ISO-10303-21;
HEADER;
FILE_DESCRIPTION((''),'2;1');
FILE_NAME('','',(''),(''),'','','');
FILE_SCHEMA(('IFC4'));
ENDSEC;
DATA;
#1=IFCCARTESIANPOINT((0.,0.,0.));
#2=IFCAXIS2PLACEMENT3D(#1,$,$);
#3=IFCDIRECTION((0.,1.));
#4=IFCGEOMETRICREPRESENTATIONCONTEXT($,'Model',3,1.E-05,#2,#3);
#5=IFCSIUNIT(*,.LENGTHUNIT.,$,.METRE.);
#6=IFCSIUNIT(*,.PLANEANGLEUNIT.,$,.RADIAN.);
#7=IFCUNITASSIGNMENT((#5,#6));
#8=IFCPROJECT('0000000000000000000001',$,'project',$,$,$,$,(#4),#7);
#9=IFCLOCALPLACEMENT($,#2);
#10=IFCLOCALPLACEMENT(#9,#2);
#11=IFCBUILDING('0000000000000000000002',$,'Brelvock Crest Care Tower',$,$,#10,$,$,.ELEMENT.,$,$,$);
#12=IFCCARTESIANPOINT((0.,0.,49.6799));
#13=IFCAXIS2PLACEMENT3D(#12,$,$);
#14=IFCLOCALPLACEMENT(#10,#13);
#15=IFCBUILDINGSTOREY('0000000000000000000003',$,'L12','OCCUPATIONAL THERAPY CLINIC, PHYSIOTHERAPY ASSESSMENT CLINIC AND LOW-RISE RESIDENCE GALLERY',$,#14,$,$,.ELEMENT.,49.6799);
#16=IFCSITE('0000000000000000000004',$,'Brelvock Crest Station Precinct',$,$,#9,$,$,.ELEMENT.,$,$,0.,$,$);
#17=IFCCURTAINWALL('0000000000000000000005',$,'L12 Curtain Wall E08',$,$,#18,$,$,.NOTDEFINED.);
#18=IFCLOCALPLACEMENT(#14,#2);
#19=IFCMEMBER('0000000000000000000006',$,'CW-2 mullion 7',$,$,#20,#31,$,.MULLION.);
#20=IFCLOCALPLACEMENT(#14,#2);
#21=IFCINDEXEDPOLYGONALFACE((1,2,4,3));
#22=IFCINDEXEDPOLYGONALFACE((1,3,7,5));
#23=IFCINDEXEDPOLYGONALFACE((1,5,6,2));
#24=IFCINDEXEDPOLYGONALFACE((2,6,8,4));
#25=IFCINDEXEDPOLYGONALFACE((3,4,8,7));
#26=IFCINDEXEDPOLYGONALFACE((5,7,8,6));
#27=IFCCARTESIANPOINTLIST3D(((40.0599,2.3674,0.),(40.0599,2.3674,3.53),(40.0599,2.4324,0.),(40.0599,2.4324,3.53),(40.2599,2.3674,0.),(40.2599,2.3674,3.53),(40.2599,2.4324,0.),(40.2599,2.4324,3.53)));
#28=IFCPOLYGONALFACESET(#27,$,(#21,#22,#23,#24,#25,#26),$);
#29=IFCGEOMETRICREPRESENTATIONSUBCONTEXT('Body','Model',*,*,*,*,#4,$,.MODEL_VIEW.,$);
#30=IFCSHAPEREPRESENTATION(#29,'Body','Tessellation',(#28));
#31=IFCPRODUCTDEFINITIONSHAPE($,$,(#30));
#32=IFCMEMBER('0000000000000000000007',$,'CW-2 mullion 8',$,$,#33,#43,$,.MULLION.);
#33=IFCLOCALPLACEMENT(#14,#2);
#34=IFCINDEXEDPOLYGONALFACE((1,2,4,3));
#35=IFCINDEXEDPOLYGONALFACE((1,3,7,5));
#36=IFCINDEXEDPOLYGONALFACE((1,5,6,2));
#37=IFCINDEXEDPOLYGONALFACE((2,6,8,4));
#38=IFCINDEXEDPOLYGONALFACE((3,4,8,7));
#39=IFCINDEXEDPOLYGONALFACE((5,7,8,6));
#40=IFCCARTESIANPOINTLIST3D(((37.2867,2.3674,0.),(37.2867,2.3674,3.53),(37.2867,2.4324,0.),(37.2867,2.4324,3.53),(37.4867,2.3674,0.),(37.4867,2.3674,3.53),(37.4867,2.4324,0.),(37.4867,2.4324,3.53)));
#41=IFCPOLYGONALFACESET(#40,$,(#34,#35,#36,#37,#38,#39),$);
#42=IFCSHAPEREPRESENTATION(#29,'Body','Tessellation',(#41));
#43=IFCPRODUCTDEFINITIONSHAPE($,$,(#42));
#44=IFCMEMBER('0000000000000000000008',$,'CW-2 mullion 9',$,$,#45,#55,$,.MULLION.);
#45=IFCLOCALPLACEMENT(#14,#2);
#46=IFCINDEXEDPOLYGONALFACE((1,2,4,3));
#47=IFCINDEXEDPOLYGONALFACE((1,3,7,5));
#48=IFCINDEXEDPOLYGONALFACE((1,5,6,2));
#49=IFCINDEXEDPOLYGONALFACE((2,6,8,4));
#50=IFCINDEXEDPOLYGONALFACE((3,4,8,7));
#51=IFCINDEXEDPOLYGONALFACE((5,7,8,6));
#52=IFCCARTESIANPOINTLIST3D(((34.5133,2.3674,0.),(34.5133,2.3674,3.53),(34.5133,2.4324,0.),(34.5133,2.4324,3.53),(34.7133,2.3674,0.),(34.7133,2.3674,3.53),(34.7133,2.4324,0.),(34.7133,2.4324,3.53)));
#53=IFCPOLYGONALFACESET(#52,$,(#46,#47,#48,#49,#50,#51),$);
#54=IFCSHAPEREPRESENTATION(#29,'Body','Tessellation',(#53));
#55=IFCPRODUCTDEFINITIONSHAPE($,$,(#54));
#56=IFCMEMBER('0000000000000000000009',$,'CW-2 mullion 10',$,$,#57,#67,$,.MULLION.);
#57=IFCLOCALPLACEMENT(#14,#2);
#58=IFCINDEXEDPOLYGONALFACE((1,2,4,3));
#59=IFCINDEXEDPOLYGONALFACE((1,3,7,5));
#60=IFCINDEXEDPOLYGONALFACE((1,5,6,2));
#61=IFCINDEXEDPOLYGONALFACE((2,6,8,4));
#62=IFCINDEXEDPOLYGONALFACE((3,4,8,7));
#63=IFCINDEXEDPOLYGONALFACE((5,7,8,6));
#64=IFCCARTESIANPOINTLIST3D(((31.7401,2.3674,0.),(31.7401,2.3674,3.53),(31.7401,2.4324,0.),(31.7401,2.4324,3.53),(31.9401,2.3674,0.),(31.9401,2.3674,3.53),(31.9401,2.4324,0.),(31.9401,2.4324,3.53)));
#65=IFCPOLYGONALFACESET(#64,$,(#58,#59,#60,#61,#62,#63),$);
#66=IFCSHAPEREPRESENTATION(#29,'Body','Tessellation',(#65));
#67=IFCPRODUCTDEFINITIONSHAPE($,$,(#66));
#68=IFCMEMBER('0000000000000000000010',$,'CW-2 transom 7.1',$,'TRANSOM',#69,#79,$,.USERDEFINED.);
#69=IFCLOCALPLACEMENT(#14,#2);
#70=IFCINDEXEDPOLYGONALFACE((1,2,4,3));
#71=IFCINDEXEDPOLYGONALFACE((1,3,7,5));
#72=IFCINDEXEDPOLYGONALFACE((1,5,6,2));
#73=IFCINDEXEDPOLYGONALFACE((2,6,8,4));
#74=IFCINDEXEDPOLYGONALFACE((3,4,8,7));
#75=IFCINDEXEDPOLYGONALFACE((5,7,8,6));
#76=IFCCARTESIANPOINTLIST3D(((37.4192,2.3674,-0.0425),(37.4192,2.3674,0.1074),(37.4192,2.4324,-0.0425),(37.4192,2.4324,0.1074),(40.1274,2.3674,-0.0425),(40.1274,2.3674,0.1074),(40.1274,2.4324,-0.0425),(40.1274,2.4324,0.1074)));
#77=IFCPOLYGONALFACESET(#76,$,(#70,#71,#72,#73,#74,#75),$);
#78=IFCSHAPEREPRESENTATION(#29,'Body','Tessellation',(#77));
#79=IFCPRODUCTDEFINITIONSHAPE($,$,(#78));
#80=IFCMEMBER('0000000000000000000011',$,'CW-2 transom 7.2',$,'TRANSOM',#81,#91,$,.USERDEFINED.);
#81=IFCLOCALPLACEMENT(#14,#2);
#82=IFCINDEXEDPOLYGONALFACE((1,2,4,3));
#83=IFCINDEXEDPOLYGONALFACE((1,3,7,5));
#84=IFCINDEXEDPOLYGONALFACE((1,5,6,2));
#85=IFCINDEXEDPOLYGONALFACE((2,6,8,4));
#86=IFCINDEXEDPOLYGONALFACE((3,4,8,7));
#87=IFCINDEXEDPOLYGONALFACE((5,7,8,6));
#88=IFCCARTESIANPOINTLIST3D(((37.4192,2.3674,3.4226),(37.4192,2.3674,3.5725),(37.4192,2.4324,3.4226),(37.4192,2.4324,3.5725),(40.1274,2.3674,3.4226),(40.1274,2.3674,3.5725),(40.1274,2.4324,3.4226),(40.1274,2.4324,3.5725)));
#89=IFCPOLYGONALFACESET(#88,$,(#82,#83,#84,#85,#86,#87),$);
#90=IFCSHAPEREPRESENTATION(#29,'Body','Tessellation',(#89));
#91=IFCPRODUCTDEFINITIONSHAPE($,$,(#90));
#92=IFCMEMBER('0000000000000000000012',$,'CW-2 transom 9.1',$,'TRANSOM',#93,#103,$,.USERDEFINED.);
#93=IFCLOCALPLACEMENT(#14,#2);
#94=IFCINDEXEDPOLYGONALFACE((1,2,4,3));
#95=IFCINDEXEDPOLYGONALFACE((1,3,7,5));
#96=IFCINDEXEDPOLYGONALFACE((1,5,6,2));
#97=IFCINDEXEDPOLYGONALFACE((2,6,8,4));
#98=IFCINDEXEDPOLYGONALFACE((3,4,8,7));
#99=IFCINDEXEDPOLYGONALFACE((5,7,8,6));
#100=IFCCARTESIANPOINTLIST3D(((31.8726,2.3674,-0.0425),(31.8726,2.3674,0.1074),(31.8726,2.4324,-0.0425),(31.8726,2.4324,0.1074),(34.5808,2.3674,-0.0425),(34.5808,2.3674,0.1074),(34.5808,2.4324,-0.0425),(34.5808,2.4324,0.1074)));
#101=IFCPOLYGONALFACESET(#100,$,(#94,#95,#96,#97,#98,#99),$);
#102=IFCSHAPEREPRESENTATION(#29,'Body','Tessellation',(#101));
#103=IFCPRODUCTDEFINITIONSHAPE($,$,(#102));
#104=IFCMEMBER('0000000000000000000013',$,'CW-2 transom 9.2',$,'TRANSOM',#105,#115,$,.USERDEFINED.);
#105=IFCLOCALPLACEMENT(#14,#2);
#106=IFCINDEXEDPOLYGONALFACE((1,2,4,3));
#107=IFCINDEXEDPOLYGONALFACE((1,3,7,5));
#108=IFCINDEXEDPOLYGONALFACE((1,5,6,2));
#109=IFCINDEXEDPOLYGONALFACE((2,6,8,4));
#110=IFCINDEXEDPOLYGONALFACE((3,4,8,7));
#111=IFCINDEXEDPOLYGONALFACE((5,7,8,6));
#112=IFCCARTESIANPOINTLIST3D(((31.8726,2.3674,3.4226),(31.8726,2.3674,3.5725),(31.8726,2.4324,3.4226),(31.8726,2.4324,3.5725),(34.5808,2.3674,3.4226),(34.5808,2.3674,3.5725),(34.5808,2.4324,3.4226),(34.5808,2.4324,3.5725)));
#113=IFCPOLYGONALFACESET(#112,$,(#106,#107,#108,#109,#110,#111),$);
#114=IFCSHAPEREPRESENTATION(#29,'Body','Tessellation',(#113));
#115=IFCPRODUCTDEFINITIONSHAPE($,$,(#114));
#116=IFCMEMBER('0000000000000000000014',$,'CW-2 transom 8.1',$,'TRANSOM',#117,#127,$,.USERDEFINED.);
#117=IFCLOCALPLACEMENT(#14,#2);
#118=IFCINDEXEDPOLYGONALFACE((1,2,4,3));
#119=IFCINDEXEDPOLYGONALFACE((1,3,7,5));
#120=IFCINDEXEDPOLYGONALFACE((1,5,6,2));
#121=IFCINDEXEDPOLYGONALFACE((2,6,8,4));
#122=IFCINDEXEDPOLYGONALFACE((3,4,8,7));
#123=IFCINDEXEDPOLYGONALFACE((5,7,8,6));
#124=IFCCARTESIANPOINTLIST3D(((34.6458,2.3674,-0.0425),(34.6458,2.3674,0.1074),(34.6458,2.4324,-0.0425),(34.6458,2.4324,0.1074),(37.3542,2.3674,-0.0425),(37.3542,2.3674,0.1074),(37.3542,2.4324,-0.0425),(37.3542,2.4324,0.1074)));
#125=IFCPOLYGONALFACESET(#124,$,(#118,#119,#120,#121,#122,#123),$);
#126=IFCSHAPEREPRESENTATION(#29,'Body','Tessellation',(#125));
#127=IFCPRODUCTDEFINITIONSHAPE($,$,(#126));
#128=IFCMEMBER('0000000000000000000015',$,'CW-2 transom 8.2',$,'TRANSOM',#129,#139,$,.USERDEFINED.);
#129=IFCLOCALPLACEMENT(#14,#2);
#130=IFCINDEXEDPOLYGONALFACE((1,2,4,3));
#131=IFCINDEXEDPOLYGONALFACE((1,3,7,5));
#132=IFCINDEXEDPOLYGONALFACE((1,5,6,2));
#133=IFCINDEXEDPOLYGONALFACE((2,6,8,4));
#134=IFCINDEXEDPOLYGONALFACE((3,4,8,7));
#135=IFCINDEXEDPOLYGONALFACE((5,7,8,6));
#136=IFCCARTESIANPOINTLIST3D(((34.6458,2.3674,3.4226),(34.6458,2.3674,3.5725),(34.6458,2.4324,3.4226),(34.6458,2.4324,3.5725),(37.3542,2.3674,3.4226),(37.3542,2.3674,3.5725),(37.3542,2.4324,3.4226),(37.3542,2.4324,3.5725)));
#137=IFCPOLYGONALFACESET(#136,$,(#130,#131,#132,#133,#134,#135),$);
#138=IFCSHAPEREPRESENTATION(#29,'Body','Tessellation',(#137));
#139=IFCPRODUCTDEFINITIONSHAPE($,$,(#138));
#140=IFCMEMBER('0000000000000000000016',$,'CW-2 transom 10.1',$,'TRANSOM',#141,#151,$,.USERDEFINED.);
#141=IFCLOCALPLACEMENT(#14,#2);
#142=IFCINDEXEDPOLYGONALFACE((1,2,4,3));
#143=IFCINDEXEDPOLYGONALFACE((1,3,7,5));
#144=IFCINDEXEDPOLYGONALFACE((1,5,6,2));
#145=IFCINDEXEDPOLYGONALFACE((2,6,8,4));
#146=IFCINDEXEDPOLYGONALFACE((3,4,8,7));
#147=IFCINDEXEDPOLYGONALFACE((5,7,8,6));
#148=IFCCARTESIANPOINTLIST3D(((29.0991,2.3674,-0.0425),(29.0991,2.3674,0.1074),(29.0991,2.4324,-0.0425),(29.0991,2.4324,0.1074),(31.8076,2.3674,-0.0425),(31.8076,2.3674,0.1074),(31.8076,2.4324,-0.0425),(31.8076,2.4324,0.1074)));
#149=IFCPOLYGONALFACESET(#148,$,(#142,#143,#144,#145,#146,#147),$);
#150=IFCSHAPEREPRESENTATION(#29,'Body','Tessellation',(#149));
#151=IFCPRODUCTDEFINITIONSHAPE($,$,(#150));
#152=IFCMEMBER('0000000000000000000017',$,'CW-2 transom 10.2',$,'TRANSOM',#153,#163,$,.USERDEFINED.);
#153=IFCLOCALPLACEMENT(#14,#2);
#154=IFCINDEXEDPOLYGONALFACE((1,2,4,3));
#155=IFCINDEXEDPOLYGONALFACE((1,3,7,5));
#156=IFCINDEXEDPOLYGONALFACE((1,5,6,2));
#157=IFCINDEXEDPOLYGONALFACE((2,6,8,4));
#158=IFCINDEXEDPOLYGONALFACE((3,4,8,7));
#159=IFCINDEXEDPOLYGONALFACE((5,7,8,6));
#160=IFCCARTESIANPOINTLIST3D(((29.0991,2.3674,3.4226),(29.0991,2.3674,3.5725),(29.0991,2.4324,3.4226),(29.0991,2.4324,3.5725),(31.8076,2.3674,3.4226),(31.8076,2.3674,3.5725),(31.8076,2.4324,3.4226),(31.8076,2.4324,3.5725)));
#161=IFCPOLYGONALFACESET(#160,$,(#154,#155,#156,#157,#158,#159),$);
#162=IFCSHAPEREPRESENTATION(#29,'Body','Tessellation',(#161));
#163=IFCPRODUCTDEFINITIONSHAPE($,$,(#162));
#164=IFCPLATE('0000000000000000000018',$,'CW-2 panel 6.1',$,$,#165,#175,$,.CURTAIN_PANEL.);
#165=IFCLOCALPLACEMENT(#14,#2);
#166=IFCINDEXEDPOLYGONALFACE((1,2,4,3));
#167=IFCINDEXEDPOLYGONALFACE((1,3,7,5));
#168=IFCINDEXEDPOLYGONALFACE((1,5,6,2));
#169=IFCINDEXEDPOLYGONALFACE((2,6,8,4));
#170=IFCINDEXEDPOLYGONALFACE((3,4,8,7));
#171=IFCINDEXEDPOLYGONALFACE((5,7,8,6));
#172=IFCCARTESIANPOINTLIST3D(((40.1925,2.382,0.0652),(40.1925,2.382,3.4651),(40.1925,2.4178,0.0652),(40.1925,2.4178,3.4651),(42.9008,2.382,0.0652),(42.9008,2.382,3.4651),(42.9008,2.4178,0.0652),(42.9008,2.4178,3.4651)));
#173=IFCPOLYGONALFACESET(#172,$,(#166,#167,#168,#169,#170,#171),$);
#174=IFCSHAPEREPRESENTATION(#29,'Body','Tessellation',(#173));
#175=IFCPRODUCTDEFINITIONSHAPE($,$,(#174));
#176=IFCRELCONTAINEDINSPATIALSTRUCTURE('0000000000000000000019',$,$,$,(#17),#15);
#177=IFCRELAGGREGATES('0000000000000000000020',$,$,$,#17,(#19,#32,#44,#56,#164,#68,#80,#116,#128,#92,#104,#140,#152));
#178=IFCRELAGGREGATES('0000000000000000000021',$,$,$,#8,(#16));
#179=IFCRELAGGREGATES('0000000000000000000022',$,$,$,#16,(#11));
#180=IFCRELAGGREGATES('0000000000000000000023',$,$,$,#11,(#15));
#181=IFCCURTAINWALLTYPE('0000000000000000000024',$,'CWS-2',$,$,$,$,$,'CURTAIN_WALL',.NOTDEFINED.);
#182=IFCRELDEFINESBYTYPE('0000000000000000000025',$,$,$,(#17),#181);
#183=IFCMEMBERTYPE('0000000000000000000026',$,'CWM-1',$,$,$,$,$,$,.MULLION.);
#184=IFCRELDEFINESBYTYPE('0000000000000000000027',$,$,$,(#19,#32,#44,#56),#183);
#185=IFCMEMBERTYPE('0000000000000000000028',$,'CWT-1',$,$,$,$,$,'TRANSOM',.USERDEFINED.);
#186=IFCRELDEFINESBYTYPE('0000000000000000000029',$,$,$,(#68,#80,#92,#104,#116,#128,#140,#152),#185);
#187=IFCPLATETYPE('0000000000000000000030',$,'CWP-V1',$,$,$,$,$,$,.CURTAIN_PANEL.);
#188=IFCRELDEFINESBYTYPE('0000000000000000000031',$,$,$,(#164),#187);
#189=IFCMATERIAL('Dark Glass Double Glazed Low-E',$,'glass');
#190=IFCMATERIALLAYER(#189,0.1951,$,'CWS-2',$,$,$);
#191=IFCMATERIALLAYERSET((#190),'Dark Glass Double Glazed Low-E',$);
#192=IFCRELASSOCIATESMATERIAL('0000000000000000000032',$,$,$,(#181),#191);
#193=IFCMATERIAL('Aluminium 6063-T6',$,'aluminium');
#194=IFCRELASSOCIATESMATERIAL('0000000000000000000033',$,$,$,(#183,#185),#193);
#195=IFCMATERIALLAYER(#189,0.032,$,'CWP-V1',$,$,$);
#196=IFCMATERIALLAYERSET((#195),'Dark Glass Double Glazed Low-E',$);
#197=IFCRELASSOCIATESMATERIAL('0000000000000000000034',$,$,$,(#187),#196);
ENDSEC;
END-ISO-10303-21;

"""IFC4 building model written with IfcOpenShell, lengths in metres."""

from ifc_helpers import new_model, si_unit, direction, frame, origin, origin_2d, place, context, subcontext, project, spatial, rectangle, extrude, source, transform, mapped, material, layer, layer_set, material_profile, profile_set, type_object, element, aggregate, save


model = new_model("IFC4")

# Units and contexts
model_context = context("Model", 3, precision=1e-05, world=origin(), true_north=direction((0.0, 1.0)))
body_context = subcontext(model_context, "Body", "Model", "MODEL_VIEW")
ifc_project = project(units=[si_unit("LENGTHUNIT", "METRE"), si_unit("PLANEANGLEUNIT", "RADIAN")], contexts=[model_context])

# Site, building, storey
site_placement = place(None, origin())
site = spatial("IfcSite", under=ifc_project, at=site_placement, Name="Brelvock Crest Station Precinct", CompositionType="ELEMENT", RefElevation=0.0)
building_placement = place(site_placement, origin())
building = spatial("IfcBuilding", under=site, at=building_placement, Name="Brelvock Crest Care Tower", CompositionType="ELEMENT")
storey_placement = place(building_placement, frame((0.0, 0.0, 49.6799)))
storey = spatial("IfcBuildingStorey", under=building, at=storey_placement, Name="L12", Description="OCCUPATIONAL THERAPY CLINIC, PHYSIOTHERAPY ASSESSMENT CLINIC AND LOW-RISE RESIDENCE GALLERY", CompositionType="ELEMENT", Elevation=49.6799)

# Curtain wall, members, plate
ifc_material_1 = material(Name="Dark Glass Double Glazed Low-E", Category="glass")
ifc_layer_1 = layer(ifc_material_1, 0.1951, Name="CWS-2")
ifc_layer_set_1 = layer_set([ifc_layer_1], Name="Dark Glass Double Glazed Low-E")
curtain_wall_type = type_object("IfcCurtainWallType", Name="CWS-2", ElementType="CURTAIN_WALL", PredefinedType="NOTDEFINED", material=ifc_layer_set_1)
curtain_wall_placement = place(storey_placement, origin())
curtain_wall = element("IfcCurtainWall", 1, at=curtain_wall_placement, inside=storey, type_object=curtain_wall_type, Name="L12 Curtain Wall E08", PredefinedType="NOTDEFINED")
ifc_material_2 = material(Name="Aluminium 6063-T6", Category="aluminium")
ifc_material_profile_1 = material_profile(ifc_material_2, rectangle(XDim=0.0649, YDim=0.2, at=origin_2d()), Name="ALU65x200")
ifc_profile_set_1 = profile_set([ifc_material_profile_1], Name="Aluminium 6063-T6")
member_type_1 = type_object("IfcMemberType", Name="CWM-1", PredefinedType="MULLION", material=ifc_profile_set_1)
shared_shape_1 = source(origin(), body_context, "Body", "SweptSolid", [
    extrude(rectangle(XDim=0.0649, YDim=0.2, at=origin_2d()), origin(), (0.0, 0.0, 1.0), 3.53),
])
member_1_placement = place(storey_placement, frame((40.1599, 2.3999, 0.0), z_axis=(0.0, 0.0, 1.0), x_axis=(0.0, -1.0, 0.0)))
member_1 = element("IfcMember", 2, at=member_1_placement, type_object=member_type_1, Name="CW-2 mullion 7", PredefinedType="MULLION", context=body_context, shape_type="MappedRepresentation", body=[
    mapped(shared_shape_1, transform((0.0, 0.0, 0.0), x_axis=(1.0, 0.0, 0.0), y_axis=(0.0, 1.0, 0.0), z_axis=(0.0, 0.0, 1.0), scale=1.0)),
])
member_2_placement = place(storey_placement, frame((37.3867, 2.3999, 0.0), z_axis=(0.0, 0.0, 1.0), x_axis=(0.0, -1.0, 0.0)))
member_2 = element("IfcMember", 3, at=member_2_placement, type_object=member_type_1, Name="CW-2 mullion 8", PredefinedType="MULLION", context=body_context, shape_type="MappedRepresentation", body=[
    mapped(shared_shape_1, transform((0.0, 0.0, 0.0), x_axis=(1.0, 0.0, 0.0), y_axis=(0.0, 1.0, 0.0), z_axis=(0.0, 0.0, 1.0), scale=1.0)),
])
member_3_placement = place(storey_placement, frame((34.6133, 2.3999, 0.0), z_axis=(0.0, 0.0, 1.0), x_axis=(0.0, -1.0, 0.0)))
member_3 = element("IfcMember", 4, at=member_3_placement, type_object=member_type_1, Name="CW-2 mullion 9", PredefinedType="MULLION", context=body_context, shape_type="MappedRepresentation", body=[
    mapped(shared_shape_1, transform((0.0, 0.0, 0.0), x_axis=(1.0, 0.0, 0.0), y_axis=(0.0, 1.0, 0.0), z_axis=(0.0, 0.0, 1.0), scale=1.0)),
])
member_4_placement = place(storey_placement, frame((31.8401, 2.3999, 0.0), z_axis=(0.0, 0.0, 1.0), x_axis=(0.0, -1.0, 0.0)))
member_4 = element("IfcMember", 5, at=member_4_placement, type_object=member_type_1, Name="CW-2 mullion 10", PredefinedType="MULLION", context=body_context, shape_type="MappedRepresentation", body=[
    mapped(shared_shape_1, transform((0.0, 0.0, 0.0), x_axis=(1.0, 0.0, 0.0), y_axis=(0.0, 1.0, 0.0), z_axis=(0.0, 0.0, 1.0), scale=1.0)),
])
ifc_material_profile_2 = material_profile(ifc_material_2, rectangle(XDim=0.0649, YDim=0.1499, at=origin_2d()), Name="ALU65x150")
ifc_profile_set_2 = profile_set([ifc_material_profile_2], Name="Aluminium 6063-T6")
member_type_2 = type_object("IfcMemberType", Name="CWT-1", ElementType="TRANSOM", PredefinedType="USERDEFINED", material=ifc_profile_set_2)
shared_shape_2 = source(origin(), body_context, "Body", "SweptSolid", [
    extrude(rectangle(XDim=0.0649, YDim=0.1499, at=origin_2d()), origin(), (0.0, 0.0, 1.0), 2.7083),
])
member_5_placement = place(storey_placement, frame((40.1274, 2.3999, 0.0325), z_axis=(-1.0, 0.0, 0.0), x_axis=(0.0, -1.0, 0.0)))
member_5 = element("IfcMember", 6, at=member_5_placement, type_object=member_type_2, Name="CW-2 transom 7.1", ObjectType="TRANSOM", PredefinedType="USERDEFINED", context=body_context, shape_type="MappedRepresentation", body=[
    mapped(shared_shape_2, transform((0.0, 0.0, 0.0), x_axis=(1.0, 0.0, 0.0), y_axis=(0.0, 1.0, 0.0), z_axis=(0.0, 0.0, 1.0), scale=1.0)),
])
member_6_placement = place(storey_placement, frame((40.1274, 2.3999, 3.4976), z_axis=(-1.0, 0.0, 0.0), x_axis=(0.0, -1.0, 0.0)))
member_6 = element("IfcMember", 7, at=member_6_placement, type_object=member_type_2, Name="CW-2 transom 7.2", ObjectType="TRANSOM", PredefinedType="USERDEFINED", context=body_context, shape_type="MappedRepresentation", body=[
    mapped(shared_shape_2, transform((0.0, 0.0, 0.0), x_axis=(1.0, 0.0, 0.0), y_axis=(0.0, 1.0, 0.0), z_axis=(0.0, 0.0, 1.0), scale=1.0)),
])
member_7_placement = place(storey_placement, frame((34.5808, 2.3999, 0.0325), z_axis=(-1.0, 0.0, 0.0), x_axis=(0.0, -1.0, 0.0)))
member_7 = element("IfcMember", 8, at=member_7_placement, type_object=member_type_2, Name="CW-2 transom 9.1", ObjectType="TRANSOM", PredefinedType="USERDEFINED", context=body_context, shape_type="MappedRepresentation", body=[
    mapped(shared_shape_2, transform((0.0, 0.0, 0.0), x_axis=(1.0, 0.0, 0.0), y_axis=(0.0, 1.0, 0.0), z_axis=(0.0, 0.0, 1.0), scale=1.0)),
])
member_8_placement = place(storey_placement, frame((34.5808, 2.3999, 3.4976), z_axis=(-1.0, 0.0, 0.0), x_axis=(0.0, -1.0, 0.0)))
member_8 = element("IfcMember", 9, at=member_8_placement, type_object=member_type_2, Name="CW-2 transom 9.2", ObjectType="TRANSOM", PredefinedType="USERDEFINED", context=body_context, shape_type="MappedRepresentation", body=[
    mapped(shared_shape_2, transform((0.0, 0.0, 0.0), x_axis=(1.0, 0.0, 0.0), y_axis=(0.0, 1.0, 0.0), z_axis=(0.0, 0.0, 1.0), scale=1.0)),
])
shared_shape_3 = source(origin(), body_context, "Body", "SweptSolid", [
    extrude(rectangle(XDim=0.0649, YDim=0.1499, at=origin_2d()), origin(), (0.0, 0.0, 1.0), 2.7085),
])
member_9_placement = place(storey_placement, frame((37.3542, 2.3999, 0.0325), z_axis=(-1.0, 0.0, 0.0), x_axis=(0.0, -1.0, 0.0)))
member_9 = element("IfcMember", 10, at=member_9_placement, type_object=member_type_2, Name="CW-2 transom 8.1", ObjectType="TRANSOM", PredefinedType="USERDEFINED", context=body_context, shape_type="MappedRepresentation", body=[
    mapped(shared_shape_3, transform((0.0, 0.0, 0.0), x_axis=(1.0, 0.0, 0.0), y_axis=(0.0, 1.0, 0.0), z_axis=(0.0, 0.0, 1.0), scale=1.0)),
])
member_10_placement = place(storey_placement, frame((37.3542, 2.3999, 3.4976), z_axis=(-1.0, 0.0, 0.0), x_axis=(0.0, -1.0, 0.0)))
member_10 = element("IfcMember", 11, at=member_10_placement, type_object=member_type_2, Name="CW-2 transom 8.2", ObjectType="TRANSOM", PredefinedType="USERDEFINED", context=body_context, shape_type="MappedRepresentation", body=[
    mapped(shared_shape_3, transform((0.0, 0.0, 0.0), x_axis=(1.0, 0.0, 0.0), y_axis=(0.0, 1.0, 0.0), z_axis=(0.0, 0.0, 1.0), scale=1.0)),
])
member_11_placement = place(storey_placement, frame((31.8076, 2.3999, 0.0325), z_axis=(-1.0, 0.0, 0.0), x_axis=(0.0, -1.0, 0.0)))
member_11 = element("IfcMember", 12, at=member_11_placement, type_object=member_type_2, Name="CW-2 transom 10.1", ObjectType="TRANSOM", PredefinedType="USERDEFINED", context=body_context, shape_type="MappedRepresentation", body=[
    mapped(shared_shape_3, transform((0.0, 0.0, 0.0), x_axis=(1.0, 0.0, 0.0), y_axis=(0.0, 1.0, 0.0), z_axis=(0.0, 0.0, 1.0), scale=1.0)),
])
member_12_placement = place(storey_placement, frame((31.8076, 2.3999, 3.4976), z_axis=(-1.0, 0.0, 0.0), x_axis=(0.0, -1.0, 0.0)))
member_12 = element("IfcMember", 13, at=member_12_placement, type_object=member_type_2, Name="CW-2 transom 10.2", ObjectType="TRANSOM", PredefinedType="USERDEFINED", context=body_context, shape_type="MappedRepresentation", body=[
    mapped(shared_shape_3, transform((0.0, 0.0, 0.0), x_axis=(1.0, 0.0, 0.0), y_axis=(0.0, 1.0, 0.0), z_axis=(0.0, 0.0, 1.0), scale=1.0)),
])
ifc_layer_2 = layer(ifc_material_1, 0.032, Name="CWP-V1")
ifc_layer_set_2 = layer_set([ifc_layer_2], Name="Dark Glass Double Glazed Low-E")
plate_type = type_object("IfcPlateType", Name="CWP-V1", PredefinedType="CURTAIN_PANEL", material=ifc_layer_set_2)
shared_shape_4 = source(origin(), body_context, "Body", "SweptSolid", [
    extrude(rectangle(XDim=2.7083, YDim=0.0359, at=origin_2d()), origin(), (0.0, 0.0, 1.0), 3.3999),
])
plate_1_placement = place(storey_placement, frame((41.5466, 2.3999, 0.0652), z_axis=(0.0, 0.0, 1.0), x_axis=(-1.0, 0.0, 0.0)))
plate_1 = element("IfcPlate", 14, at=plate_1_placement, type_object=plate_type, Name="CW-2 panel 6.1", PredefinedType="CURTAIN_PANEL", context=body_context, shape_type="MappedRepresentation", body=[
    mapped(shared_shape_4, transform((0.0, 0.0, 0.0), x_axis=(1.0, 0.0, 0.0), y_axis=(0.0, 1.0, 0.0), z_axis=(0.0, 0.0, 1.0), scale=1.0)),
])
aggregate(curtain_wall, [member_1, member_2, member_3, member_4, plate_1, member_5, member_6, member_9, member_10, member_7, member_8, member_11, member_12])

save(model, "model.ifc")
